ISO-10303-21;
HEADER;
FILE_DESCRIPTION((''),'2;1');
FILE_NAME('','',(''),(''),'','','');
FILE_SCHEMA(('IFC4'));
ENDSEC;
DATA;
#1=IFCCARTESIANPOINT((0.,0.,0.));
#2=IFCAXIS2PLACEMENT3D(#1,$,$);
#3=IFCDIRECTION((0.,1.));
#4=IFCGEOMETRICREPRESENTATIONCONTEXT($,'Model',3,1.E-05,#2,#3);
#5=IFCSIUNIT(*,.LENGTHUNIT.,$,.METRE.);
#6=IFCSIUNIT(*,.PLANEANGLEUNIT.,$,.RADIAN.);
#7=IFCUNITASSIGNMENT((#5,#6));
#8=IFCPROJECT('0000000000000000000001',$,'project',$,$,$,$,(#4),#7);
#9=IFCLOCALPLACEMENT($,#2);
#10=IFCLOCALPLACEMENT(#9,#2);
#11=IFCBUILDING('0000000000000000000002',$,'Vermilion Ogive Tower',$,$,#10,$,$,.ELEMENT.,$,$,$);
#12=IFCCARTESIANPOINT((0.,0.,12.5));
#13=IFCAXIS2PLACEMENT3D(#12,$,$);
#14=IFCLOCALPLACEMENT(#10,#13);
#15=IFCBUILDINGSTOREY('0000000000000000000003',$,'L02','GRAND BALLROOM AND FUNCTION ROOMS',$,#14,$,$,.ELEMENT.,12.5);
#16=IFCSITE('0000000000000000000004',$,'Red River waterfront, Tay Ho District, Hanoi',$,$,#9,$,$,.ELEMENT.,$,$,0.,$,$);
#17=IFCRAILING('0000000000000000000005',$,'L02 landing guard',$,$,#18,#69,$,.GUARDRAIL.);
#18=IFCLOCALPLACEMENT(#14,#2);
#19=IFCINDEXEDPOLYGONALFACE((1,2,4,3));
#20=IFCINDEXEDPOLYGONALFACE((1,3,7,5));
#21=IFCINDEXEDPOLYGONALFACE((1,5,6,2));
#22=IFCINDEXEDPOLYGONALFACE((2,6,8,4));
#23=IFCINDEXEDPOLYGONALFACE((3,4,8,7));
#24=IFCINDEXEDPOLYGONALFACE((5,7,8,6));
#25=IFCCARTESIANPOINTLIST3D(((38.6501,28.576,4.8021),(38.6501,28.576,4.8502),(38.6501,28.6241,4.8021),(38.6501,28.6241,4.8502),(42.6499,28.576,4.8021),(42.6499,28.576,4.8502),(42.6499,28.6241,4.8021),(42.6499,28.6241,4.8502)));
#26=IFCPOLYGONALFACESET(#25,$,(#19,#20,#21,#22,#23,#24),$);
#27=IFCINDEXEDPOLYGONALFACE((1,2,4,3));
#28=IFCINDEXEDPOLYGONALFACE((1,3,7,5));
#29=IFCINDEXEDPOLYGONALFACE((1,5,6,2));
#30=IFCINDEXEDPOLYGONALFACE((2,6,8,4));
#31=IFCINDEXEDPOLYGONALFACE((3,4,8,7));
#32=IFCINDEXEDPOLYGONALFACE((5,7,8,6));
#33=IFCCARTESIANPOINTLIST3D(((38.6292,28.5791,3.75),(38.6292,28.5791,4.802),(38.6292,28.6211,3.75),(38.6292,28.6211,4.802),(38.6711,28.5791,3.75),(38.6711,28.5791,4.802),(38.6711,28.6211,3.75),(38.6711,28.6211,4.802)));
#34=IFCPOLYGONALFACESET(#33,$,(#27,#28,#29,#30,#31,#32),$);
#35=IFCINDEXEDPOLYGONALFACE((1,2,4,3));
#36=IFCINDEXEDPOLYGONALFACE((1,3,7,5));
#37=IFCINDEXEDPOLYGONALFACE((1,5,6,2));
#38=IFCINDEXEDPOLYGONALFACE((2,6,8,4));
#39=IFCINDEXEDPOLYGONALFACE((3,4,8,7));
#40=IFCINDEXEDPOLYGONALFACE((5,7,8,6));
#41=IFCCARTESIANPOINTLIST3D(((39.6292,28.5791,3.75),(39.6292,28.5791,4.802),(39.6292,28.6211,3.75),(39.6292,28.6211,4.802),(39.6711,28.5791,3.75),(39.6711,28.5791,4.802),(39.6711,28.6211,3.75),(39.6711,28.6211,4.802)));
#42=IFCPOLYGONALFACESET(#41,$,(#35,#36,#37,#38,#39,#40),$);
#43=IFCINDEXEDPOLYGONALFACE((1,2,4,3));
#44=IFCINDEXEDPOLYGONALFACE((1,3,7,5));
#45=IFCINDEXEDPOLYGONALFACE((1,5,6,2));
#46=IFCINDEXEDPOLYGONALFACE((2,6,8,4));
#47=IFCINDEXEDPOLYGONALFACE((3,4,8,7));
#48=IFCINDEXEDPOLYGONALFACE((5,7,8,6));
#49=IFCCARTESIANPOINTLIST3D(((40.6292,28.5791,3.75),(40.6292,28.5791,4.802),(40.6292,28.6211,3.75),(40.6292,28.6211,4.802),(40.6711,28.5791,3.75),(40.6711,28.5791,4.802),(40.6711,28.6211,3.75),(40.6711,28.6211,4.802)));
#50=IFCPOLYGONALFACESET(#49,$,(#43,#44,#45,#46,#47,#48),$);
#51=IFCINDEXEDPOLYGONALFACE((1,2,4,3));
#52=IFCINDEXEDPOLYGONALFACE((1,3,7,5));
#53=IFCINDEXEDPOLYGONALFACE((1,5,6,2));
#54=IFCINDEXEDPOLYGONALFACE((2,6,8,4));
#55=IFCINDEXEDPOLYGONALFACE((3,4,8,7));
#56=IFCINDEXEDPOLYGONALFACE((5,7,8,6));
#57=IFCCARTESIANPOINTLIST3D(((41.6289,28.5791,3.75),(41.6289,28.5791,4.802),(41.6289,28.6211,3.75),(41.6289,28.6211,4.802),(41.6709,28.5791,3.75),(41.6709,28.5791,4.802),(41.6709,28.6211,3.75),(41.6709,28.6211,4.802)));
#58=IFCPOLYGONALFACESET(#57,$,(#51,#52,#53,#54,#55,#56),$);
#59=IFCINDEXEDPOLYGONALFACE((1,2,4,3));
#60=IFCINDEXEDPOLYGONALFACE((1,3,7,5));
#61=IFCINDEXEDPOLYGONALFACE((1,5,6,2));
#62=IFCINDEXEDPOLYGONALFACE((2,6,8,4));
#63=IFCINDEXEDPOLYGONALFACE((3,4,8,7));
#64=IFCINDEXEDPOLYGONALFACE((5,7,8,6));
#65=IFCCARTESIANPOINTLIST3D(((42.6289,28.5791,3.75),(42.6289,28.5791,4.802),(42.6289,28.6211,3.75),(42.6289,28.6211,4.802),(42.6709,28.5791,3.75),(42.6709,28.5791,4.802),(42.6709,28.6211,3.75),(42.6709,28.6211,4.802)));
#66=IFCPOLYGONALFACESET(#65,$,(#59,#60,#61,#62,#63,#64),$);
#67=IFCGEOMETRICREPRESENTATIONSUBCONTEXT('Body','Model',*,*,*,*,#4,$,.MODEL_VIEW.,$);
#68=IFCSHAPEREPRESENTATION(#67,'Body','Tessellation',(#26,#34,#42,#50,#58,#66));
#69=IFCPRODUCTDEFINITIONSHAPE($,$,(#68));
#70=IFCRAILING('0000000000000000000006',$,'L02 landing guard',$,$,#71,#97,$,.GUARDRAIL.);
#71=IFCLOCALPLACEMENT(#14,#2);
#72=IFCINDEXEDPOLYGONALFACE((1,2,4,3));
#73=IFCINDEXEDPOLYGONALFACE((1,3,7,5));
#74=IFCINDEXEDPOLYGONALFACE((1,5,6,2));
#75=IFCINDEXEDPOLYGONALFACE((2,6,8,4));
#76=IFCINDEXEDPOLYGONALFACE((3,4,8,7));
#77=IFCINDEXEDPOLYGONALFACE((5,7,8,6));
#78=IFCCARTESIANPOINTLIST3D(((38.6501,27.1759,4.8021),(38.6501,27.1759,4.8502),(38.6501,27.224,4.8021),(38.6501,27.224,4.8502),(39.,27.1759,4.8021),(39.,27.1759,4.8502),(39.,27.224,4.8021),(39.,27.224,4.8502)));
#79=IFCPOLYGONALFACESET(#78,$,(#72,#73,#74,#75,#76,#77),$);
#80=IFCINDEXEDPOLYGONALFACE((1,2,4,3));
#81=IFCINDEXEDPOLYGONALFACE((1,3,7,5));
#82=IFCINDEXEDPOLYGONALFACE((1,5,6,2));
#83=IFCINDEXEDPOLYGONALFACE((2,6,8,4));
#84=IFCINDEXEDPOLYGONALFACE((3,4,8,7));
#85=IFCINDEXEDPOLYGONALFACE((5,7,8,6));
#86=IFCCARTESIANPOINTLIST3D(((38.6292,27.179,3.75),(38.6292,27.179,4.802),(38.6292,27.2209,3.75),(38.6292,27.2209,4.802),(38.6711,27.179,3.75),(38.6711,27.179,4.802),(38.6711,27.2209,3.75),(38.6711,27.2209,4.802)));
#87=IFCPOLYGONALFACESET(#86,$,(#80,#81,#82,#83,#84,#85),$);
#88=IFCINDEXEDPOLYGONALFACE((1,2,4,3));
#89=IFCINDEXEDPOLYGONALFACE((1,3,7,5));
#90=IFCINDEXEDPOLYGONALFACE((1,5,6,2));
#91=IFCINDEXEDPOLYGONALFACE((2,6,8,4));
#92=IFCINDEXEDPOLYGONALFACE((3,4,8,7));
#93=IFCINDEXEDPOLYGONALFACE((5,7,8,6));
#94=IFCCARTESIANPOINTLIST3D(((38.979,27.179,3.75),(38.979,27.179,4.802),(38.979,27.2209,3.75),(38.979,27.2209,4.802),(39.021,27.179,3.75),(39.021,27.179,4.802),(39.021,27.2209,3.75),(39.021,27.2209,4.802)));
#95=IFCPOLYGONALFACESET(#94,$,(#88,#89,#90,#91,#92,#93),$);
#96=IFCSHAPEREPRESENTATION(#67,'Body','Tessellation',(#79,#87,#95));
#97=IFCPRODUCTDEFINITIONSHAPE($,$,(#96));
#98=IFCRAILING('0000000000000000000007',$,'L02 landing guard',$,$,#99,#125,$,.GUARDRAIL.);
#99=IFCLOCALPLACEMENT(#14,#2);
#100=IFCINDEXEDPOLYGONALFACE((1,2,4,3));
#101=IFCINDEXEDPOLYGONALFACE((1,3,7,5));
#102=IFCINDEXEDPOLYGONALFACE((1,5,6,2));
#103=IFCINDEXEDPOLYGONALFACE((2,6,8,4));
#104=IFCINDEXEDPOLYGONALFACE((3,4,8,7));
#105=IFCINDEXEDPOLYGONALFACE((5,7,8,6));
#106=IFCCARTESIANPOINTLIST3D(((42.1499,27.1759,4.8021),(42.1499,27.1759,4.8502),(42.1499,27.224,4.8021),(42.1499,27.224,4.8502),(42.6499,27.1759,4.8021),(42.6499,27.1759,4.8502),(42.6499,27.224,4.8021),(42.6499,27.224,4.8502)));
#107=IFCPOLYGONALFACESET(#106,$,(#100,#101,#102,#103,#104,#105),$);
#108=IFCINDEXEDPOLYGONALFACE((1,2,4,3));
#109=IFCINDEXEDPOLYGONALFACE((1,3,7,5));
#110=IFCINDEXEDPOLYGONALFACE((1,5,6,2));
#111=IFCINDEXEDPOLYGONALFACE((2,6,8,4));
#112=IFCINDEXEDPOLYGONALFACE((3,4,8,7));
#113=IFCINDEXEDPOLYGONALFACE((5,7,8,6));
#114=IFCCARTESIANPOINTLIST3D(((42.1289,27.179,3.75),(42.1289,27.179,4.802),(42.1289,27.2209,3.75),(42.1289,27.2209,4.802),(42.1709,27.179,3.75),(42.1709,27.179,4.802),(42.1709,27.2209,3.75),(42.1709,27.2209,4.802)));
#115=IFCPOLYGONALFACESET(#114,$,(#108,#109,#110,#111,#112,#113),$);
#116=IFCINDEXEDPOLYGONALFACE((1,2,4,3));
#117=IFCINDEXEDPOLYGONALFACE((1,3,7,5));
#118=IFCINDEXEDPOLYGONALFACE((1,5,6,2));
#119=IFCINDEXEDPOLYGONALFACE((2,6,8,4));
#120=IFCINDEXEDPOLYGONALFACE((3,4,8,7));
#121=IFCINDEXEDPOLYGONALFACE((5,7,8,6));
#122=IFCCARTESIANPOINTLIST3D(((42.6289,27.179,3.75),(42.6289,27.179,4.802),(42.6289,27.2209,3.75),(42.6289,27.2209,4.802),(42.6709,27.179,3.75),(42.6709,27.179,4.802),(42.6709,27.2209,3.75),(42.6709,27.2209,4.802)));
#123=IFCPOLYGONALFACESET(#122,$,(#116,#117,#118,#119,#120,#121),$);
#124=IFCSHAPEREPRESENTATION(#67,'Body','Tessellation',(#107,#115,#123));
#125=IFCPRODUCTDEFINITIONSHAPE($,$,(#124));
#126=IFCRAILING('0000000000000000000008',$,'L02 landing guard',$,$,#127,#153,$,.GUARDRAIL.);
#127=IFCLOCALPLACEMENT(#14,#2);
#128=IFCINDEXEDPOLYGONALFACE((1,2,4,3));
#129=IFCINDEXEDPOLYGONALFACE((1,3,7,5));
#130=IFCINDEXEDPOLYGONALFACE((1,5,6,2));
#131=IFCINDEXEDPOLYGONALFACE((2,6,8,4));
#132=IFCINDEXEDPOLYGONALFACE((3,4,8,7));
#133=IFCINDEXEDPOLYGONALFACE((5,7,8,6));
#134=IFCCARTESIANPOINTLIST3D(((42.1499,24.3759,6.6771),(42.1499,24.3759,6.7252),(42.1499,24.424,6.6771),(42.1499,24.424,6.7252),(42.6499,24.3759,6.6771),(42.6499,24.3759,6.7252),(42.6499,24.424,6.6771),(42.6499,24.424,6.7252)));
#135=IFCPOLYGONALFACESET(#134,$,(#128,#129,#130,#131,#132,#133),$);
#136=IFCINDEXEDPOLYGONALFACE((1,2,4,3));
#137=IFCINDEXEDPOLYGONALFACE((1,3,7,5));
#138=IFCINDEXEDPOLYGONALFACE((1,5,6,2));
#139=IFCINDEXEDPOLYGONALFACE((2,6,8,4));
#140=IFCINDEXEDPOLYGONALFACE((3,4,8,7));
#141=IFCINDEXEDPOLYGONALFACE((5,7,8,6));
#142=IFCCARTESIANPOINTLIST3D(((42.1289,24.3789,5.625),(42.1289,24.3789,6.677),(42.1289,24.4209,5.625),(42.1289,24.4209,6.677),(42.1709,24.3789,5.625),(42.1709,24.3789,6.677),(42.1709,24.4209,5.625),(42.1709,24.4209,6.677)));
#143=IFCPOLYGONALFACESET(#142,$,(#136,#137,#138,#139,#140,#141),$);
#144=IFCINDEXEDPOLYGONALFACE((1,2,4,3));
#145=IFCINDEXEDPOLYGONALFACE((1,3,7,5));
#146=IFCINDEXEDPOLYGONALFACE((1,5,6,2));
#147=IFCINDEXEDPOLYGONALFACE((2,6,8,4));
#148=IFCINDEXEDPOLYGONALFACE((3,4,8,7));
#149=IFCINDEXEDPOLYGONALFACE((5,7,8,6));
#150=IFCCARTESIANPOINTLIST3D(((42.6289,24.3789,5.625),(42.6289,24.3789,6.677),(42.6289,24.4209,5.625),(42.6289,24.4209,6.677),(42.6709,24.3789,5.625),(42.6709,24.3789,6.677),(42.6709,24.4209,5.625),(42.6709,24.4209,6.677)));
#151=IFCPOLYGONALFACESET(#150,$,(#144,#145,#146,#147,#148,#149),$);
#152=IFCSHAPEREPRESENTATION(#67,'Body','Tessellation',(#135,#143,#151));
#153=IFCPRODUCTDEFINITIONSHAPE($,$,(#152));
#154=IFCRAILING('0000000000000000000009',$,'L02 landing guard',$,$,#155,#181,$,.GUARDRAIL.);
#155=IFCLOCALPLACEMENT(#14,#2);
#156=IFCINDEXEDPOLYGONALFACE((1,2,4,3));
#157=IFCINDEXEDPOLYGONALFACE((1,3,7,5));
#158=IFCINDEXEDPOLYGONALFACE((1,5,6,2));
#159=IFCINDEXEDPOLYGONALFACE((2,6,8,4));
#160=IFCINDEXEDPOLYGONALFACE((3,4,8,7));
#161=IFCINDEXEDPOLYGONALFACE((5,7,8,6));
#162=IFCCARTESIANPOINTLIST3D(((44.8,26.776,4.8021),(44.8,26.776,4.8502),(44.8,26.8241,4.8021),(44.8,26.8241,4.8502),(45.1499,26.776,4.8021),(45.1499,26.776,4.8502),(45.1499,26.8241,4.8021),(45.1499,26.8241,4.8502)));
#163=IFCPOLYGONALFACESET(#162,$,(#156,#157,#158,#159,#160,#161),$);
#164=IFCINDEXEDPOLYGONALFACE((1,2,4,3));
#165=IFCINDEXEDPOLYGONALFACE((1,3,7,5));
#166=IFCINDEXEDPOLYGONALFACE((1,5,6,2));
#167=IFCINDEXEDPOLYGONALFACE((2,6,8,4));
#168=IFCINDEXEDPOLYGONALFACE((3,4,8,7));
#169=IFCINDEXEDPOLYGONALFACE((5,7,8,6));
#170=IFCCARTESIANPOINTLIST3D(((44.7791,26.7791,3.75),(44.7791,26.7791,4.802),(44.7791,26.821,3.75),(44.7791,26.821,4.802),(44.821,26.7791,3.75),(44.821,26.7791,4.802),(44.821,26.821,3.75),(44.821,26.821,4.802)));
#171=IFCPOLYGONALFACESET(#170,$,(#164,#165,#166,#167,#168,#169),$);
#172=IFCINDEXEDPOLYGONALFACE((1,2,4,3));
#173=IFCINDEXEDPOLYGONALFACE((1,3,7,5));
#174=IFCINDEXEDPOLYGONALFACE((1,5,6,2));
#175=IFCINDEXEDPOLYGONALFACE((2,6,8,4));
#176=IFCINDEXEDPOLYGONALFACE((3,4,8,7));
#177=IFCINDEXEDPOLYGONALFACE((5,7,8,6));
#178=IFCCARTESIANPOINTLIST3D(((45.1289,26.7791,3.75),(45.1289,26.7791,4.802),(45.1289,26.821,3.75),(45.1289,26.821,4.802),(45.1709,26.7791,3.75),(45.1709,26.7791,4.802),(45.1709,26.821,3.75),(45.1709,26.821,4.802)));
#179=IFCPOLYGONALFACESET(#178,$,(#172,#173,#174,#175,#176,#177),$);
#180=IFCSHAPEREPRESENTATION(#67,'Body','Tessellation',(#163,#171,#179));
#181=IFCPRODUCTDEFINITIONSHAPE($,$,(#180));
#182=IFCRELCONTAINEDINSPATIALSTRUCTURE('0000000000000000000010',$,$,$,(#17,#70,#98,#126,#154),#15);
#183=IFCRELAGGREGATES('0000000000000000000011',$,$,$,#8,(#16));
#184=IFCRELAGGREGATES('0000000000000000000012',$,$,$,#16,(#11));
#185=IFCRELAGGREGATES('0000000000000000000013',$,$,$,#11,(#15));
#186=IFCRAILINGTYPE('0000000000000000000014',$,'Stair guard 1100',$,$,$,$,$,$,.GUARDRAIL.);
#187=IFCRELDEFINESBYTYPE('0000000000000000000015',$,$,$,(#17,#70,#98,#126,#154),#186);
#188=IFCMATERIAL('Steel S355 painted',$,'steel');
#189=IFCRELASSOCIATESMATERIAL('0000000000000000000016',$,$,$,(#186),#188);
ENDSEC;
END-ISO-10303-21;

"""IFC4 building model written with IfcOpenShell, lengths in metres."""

from ifc_helpers import new_model, si_unit, direction, frame, origin, origin_2d, place, context, subcontext, project, spatial, rectangle, extrude, material, type_object, element, save


model = new_model("IFC4")

# Units and contexts
model_context = context("Model", 3, precision=1e-05, world=origin(), true_north=direction((0.0, 1.0)))
body_context = subcontext(model_context, "Body", "Model", "MODEL_VIEW")
ifc_project = project(units=[si_unit("LENGTHUNIT", "METRE"), si_unit("PLANEANGLEUNIT", "RADIAN")], contexts=[model_context])

# Site, building, storey
site_placement = place(None, origin())
site = spatial("IfcSite", under=ifc_project, at=site_placement, Name="Red River waterfront, Tay Ho District, Hanoi", CompositionType="ELEMENT", RefElevation=0.0)
building_placement = place(site_placement, origin())
building = spatial("IfcBuilding", under=site, at=building_placement, Name="Vermilion Ogive Tower", CompositionType="ELEMENT")
storey_placement = place(building_placement, frame((0.0, 0.0, 12.5)))
storey = spatial("IfcBuildingStorey", under=building, at=storey_placement, Name="L02", Description="GRAND BALLROOM AND FUNCTION ROOMS", CompositionType="ELEMENT", Elevation=12.5)

# Railings
ifc_material_1 = material(Name="Steel S355 painted", Category="steel")
railing_type_1 = type_object("IfcRailingType", Name="Stair guard 1100", PredefinedType="GUARDRAIL", material=ifc_material_1)
railing_1_placement = place(storey_placement, frame((38.6501, 28.6001, 3.75)))
element("IfcRailing", 1, at=railing_1_placement, inside=storey, type_object=railing_type_1, Name="L02 landing guard", PredefinedType="GUARDRAIL", context=body_context, shape_type="SweptSolid", body=[
    extrude(rectangle(XDim=0.0481, YDim=0.0481, at=origin_2d()), frame((0.0, 0.0, 1.0762), z_axis=(1.0, 0.0, 0.0), x_axis=(0.0, 1.0, 0.0)), (0.0, 0.0, 1.0), 3.9998),
    extrude(rectangle(XDim=0.042, YDim=0.042, at=origin_2d()), origin(), (0.0, 0.0, 1.0), 1.052),
    extrude(rectangle(XDim=0.042, YDim=0.042, at=origin_2d()), frame((1.0, 0.0, 0.0)), (0.0, 0.0, 1.0), 1.052),
    extrude(rectangle(XDim=0.042, YDim=0.042, at=origin_2d()), frame((2.0, 0.0, 0.0)), (0.0, 0.0, 1.0), 1.052),
    extrude(rectangle(XDim=0.042, YDim=0.042, at=origin_2d()), frame((2.9998, 0.0, 0.0)), (0.0, 0.0, 1.0), 1.052),
    extrude(rectangle(XDim=0.042, YDim=0.042, at=origin_2d()), frame((3.9998, 0.0, 0.0)), (0.0, 0.0, 1.0), 1.052),
])
railing_2_placement = place(storey_placement, frame((38.6501, 27.2, 3.75)))
element("IfcRailing", 2, at=railing_2_placement, inside=storey, type_object=railing_type_1, Name="L02 landing guard", PredefinedType="GUARDRAIL", context=body_context, shape_type="SweptSolid", body=[
    extrude(rectangle(XDim=0.0481, YDim=0.0481, at=origin_2d()), frame((0.0, 0.0, 1.0762), z_axis=(1.0, 0.0, 0.0), x_axis=(0.0, 1.0, 0.0)), (0.0, 0.0, 1.0), 0.3499),
    extrude(rectangle(XDim=0.042, YDim=0.042, at=origin_2d()), origin(), (0.0, 0.0, 1.0), 1.052),
    extrude(rectangle(XDim=0.042, YDim=0.042, at=origin_2d()), frame((0.3499, 0.0, 0.0)), (0.0, 0.0, 1.0), 1.052),
])
for number, where, name in (
    (3, (42.1499, 27.2, 3.75), "L02 landing guard"),
    (4, (42.1499, 24.3999, 5.625), "L02 landing guard"),
):
    element("IfcRailing", number, at=place(storey_placement, frame(where)), inside=storey, type_object=railing_type_1, Name=name, PredefinedType="GUARDRAIL", context=body_context, shape_type="SweptSolid", body=[
        extrude(rectangle(XDim=0.0481, YDim=0.0481, at=origin_2d()), frame((0.0, 0.0, 1.0762), z_axis=(1.0, 0.0, 0.0), x_axis=(0.0, 1.0, 0.0)), (0.0, 0.0, 1.0), 0.5),
        extrude(rectangle(XDim=0.042, YDim=0.042, at=origin_2d()), origin(), (0.0, 0.0, 1.0), 1.052),
        extrude(rectangle(XDim=0.042, YDim=0.042, at=origin_2d()), frame((0.5, 0.0, 0.0)), (0.0, 0.0, 1.0), 1.052),
    ])
railing_3_placement = place(storey_placement, frame((44.8, 26.8, 3.75)))
element("IfcRailing", 5, at=railing_3_placement, inside=storey, type_object=railing_type_1, Name="L02 landing guard", PredefinedType="GUARDRAIL", context=body_context, shape_type="SweptSolid", body=[
    extrude(rectangle(XDim=0.0481, YDim=0.0481, at=origin_2d()), frame((0.0, 0.0, 1.0762), z_axis=(1.0, 0.0, 0.0), x_axis=(0.0, 1.0, 0.0)), (0.0, 0.0, 1.0), 0.3499),
    extrude(rectangle(XDim=0.042, YDim=0.042, at=origin_2d()), origin(), (0.0, 0.0, 1.0), 1.052),
    extrude(rectangle(XDim=0.042, YDim=0.042, at=origin_2d()), frame((0.3499, 0.0, 0.0)), (0.0, 0.0, 1.0), 1.052),
])

save(model, "model.ifc")
